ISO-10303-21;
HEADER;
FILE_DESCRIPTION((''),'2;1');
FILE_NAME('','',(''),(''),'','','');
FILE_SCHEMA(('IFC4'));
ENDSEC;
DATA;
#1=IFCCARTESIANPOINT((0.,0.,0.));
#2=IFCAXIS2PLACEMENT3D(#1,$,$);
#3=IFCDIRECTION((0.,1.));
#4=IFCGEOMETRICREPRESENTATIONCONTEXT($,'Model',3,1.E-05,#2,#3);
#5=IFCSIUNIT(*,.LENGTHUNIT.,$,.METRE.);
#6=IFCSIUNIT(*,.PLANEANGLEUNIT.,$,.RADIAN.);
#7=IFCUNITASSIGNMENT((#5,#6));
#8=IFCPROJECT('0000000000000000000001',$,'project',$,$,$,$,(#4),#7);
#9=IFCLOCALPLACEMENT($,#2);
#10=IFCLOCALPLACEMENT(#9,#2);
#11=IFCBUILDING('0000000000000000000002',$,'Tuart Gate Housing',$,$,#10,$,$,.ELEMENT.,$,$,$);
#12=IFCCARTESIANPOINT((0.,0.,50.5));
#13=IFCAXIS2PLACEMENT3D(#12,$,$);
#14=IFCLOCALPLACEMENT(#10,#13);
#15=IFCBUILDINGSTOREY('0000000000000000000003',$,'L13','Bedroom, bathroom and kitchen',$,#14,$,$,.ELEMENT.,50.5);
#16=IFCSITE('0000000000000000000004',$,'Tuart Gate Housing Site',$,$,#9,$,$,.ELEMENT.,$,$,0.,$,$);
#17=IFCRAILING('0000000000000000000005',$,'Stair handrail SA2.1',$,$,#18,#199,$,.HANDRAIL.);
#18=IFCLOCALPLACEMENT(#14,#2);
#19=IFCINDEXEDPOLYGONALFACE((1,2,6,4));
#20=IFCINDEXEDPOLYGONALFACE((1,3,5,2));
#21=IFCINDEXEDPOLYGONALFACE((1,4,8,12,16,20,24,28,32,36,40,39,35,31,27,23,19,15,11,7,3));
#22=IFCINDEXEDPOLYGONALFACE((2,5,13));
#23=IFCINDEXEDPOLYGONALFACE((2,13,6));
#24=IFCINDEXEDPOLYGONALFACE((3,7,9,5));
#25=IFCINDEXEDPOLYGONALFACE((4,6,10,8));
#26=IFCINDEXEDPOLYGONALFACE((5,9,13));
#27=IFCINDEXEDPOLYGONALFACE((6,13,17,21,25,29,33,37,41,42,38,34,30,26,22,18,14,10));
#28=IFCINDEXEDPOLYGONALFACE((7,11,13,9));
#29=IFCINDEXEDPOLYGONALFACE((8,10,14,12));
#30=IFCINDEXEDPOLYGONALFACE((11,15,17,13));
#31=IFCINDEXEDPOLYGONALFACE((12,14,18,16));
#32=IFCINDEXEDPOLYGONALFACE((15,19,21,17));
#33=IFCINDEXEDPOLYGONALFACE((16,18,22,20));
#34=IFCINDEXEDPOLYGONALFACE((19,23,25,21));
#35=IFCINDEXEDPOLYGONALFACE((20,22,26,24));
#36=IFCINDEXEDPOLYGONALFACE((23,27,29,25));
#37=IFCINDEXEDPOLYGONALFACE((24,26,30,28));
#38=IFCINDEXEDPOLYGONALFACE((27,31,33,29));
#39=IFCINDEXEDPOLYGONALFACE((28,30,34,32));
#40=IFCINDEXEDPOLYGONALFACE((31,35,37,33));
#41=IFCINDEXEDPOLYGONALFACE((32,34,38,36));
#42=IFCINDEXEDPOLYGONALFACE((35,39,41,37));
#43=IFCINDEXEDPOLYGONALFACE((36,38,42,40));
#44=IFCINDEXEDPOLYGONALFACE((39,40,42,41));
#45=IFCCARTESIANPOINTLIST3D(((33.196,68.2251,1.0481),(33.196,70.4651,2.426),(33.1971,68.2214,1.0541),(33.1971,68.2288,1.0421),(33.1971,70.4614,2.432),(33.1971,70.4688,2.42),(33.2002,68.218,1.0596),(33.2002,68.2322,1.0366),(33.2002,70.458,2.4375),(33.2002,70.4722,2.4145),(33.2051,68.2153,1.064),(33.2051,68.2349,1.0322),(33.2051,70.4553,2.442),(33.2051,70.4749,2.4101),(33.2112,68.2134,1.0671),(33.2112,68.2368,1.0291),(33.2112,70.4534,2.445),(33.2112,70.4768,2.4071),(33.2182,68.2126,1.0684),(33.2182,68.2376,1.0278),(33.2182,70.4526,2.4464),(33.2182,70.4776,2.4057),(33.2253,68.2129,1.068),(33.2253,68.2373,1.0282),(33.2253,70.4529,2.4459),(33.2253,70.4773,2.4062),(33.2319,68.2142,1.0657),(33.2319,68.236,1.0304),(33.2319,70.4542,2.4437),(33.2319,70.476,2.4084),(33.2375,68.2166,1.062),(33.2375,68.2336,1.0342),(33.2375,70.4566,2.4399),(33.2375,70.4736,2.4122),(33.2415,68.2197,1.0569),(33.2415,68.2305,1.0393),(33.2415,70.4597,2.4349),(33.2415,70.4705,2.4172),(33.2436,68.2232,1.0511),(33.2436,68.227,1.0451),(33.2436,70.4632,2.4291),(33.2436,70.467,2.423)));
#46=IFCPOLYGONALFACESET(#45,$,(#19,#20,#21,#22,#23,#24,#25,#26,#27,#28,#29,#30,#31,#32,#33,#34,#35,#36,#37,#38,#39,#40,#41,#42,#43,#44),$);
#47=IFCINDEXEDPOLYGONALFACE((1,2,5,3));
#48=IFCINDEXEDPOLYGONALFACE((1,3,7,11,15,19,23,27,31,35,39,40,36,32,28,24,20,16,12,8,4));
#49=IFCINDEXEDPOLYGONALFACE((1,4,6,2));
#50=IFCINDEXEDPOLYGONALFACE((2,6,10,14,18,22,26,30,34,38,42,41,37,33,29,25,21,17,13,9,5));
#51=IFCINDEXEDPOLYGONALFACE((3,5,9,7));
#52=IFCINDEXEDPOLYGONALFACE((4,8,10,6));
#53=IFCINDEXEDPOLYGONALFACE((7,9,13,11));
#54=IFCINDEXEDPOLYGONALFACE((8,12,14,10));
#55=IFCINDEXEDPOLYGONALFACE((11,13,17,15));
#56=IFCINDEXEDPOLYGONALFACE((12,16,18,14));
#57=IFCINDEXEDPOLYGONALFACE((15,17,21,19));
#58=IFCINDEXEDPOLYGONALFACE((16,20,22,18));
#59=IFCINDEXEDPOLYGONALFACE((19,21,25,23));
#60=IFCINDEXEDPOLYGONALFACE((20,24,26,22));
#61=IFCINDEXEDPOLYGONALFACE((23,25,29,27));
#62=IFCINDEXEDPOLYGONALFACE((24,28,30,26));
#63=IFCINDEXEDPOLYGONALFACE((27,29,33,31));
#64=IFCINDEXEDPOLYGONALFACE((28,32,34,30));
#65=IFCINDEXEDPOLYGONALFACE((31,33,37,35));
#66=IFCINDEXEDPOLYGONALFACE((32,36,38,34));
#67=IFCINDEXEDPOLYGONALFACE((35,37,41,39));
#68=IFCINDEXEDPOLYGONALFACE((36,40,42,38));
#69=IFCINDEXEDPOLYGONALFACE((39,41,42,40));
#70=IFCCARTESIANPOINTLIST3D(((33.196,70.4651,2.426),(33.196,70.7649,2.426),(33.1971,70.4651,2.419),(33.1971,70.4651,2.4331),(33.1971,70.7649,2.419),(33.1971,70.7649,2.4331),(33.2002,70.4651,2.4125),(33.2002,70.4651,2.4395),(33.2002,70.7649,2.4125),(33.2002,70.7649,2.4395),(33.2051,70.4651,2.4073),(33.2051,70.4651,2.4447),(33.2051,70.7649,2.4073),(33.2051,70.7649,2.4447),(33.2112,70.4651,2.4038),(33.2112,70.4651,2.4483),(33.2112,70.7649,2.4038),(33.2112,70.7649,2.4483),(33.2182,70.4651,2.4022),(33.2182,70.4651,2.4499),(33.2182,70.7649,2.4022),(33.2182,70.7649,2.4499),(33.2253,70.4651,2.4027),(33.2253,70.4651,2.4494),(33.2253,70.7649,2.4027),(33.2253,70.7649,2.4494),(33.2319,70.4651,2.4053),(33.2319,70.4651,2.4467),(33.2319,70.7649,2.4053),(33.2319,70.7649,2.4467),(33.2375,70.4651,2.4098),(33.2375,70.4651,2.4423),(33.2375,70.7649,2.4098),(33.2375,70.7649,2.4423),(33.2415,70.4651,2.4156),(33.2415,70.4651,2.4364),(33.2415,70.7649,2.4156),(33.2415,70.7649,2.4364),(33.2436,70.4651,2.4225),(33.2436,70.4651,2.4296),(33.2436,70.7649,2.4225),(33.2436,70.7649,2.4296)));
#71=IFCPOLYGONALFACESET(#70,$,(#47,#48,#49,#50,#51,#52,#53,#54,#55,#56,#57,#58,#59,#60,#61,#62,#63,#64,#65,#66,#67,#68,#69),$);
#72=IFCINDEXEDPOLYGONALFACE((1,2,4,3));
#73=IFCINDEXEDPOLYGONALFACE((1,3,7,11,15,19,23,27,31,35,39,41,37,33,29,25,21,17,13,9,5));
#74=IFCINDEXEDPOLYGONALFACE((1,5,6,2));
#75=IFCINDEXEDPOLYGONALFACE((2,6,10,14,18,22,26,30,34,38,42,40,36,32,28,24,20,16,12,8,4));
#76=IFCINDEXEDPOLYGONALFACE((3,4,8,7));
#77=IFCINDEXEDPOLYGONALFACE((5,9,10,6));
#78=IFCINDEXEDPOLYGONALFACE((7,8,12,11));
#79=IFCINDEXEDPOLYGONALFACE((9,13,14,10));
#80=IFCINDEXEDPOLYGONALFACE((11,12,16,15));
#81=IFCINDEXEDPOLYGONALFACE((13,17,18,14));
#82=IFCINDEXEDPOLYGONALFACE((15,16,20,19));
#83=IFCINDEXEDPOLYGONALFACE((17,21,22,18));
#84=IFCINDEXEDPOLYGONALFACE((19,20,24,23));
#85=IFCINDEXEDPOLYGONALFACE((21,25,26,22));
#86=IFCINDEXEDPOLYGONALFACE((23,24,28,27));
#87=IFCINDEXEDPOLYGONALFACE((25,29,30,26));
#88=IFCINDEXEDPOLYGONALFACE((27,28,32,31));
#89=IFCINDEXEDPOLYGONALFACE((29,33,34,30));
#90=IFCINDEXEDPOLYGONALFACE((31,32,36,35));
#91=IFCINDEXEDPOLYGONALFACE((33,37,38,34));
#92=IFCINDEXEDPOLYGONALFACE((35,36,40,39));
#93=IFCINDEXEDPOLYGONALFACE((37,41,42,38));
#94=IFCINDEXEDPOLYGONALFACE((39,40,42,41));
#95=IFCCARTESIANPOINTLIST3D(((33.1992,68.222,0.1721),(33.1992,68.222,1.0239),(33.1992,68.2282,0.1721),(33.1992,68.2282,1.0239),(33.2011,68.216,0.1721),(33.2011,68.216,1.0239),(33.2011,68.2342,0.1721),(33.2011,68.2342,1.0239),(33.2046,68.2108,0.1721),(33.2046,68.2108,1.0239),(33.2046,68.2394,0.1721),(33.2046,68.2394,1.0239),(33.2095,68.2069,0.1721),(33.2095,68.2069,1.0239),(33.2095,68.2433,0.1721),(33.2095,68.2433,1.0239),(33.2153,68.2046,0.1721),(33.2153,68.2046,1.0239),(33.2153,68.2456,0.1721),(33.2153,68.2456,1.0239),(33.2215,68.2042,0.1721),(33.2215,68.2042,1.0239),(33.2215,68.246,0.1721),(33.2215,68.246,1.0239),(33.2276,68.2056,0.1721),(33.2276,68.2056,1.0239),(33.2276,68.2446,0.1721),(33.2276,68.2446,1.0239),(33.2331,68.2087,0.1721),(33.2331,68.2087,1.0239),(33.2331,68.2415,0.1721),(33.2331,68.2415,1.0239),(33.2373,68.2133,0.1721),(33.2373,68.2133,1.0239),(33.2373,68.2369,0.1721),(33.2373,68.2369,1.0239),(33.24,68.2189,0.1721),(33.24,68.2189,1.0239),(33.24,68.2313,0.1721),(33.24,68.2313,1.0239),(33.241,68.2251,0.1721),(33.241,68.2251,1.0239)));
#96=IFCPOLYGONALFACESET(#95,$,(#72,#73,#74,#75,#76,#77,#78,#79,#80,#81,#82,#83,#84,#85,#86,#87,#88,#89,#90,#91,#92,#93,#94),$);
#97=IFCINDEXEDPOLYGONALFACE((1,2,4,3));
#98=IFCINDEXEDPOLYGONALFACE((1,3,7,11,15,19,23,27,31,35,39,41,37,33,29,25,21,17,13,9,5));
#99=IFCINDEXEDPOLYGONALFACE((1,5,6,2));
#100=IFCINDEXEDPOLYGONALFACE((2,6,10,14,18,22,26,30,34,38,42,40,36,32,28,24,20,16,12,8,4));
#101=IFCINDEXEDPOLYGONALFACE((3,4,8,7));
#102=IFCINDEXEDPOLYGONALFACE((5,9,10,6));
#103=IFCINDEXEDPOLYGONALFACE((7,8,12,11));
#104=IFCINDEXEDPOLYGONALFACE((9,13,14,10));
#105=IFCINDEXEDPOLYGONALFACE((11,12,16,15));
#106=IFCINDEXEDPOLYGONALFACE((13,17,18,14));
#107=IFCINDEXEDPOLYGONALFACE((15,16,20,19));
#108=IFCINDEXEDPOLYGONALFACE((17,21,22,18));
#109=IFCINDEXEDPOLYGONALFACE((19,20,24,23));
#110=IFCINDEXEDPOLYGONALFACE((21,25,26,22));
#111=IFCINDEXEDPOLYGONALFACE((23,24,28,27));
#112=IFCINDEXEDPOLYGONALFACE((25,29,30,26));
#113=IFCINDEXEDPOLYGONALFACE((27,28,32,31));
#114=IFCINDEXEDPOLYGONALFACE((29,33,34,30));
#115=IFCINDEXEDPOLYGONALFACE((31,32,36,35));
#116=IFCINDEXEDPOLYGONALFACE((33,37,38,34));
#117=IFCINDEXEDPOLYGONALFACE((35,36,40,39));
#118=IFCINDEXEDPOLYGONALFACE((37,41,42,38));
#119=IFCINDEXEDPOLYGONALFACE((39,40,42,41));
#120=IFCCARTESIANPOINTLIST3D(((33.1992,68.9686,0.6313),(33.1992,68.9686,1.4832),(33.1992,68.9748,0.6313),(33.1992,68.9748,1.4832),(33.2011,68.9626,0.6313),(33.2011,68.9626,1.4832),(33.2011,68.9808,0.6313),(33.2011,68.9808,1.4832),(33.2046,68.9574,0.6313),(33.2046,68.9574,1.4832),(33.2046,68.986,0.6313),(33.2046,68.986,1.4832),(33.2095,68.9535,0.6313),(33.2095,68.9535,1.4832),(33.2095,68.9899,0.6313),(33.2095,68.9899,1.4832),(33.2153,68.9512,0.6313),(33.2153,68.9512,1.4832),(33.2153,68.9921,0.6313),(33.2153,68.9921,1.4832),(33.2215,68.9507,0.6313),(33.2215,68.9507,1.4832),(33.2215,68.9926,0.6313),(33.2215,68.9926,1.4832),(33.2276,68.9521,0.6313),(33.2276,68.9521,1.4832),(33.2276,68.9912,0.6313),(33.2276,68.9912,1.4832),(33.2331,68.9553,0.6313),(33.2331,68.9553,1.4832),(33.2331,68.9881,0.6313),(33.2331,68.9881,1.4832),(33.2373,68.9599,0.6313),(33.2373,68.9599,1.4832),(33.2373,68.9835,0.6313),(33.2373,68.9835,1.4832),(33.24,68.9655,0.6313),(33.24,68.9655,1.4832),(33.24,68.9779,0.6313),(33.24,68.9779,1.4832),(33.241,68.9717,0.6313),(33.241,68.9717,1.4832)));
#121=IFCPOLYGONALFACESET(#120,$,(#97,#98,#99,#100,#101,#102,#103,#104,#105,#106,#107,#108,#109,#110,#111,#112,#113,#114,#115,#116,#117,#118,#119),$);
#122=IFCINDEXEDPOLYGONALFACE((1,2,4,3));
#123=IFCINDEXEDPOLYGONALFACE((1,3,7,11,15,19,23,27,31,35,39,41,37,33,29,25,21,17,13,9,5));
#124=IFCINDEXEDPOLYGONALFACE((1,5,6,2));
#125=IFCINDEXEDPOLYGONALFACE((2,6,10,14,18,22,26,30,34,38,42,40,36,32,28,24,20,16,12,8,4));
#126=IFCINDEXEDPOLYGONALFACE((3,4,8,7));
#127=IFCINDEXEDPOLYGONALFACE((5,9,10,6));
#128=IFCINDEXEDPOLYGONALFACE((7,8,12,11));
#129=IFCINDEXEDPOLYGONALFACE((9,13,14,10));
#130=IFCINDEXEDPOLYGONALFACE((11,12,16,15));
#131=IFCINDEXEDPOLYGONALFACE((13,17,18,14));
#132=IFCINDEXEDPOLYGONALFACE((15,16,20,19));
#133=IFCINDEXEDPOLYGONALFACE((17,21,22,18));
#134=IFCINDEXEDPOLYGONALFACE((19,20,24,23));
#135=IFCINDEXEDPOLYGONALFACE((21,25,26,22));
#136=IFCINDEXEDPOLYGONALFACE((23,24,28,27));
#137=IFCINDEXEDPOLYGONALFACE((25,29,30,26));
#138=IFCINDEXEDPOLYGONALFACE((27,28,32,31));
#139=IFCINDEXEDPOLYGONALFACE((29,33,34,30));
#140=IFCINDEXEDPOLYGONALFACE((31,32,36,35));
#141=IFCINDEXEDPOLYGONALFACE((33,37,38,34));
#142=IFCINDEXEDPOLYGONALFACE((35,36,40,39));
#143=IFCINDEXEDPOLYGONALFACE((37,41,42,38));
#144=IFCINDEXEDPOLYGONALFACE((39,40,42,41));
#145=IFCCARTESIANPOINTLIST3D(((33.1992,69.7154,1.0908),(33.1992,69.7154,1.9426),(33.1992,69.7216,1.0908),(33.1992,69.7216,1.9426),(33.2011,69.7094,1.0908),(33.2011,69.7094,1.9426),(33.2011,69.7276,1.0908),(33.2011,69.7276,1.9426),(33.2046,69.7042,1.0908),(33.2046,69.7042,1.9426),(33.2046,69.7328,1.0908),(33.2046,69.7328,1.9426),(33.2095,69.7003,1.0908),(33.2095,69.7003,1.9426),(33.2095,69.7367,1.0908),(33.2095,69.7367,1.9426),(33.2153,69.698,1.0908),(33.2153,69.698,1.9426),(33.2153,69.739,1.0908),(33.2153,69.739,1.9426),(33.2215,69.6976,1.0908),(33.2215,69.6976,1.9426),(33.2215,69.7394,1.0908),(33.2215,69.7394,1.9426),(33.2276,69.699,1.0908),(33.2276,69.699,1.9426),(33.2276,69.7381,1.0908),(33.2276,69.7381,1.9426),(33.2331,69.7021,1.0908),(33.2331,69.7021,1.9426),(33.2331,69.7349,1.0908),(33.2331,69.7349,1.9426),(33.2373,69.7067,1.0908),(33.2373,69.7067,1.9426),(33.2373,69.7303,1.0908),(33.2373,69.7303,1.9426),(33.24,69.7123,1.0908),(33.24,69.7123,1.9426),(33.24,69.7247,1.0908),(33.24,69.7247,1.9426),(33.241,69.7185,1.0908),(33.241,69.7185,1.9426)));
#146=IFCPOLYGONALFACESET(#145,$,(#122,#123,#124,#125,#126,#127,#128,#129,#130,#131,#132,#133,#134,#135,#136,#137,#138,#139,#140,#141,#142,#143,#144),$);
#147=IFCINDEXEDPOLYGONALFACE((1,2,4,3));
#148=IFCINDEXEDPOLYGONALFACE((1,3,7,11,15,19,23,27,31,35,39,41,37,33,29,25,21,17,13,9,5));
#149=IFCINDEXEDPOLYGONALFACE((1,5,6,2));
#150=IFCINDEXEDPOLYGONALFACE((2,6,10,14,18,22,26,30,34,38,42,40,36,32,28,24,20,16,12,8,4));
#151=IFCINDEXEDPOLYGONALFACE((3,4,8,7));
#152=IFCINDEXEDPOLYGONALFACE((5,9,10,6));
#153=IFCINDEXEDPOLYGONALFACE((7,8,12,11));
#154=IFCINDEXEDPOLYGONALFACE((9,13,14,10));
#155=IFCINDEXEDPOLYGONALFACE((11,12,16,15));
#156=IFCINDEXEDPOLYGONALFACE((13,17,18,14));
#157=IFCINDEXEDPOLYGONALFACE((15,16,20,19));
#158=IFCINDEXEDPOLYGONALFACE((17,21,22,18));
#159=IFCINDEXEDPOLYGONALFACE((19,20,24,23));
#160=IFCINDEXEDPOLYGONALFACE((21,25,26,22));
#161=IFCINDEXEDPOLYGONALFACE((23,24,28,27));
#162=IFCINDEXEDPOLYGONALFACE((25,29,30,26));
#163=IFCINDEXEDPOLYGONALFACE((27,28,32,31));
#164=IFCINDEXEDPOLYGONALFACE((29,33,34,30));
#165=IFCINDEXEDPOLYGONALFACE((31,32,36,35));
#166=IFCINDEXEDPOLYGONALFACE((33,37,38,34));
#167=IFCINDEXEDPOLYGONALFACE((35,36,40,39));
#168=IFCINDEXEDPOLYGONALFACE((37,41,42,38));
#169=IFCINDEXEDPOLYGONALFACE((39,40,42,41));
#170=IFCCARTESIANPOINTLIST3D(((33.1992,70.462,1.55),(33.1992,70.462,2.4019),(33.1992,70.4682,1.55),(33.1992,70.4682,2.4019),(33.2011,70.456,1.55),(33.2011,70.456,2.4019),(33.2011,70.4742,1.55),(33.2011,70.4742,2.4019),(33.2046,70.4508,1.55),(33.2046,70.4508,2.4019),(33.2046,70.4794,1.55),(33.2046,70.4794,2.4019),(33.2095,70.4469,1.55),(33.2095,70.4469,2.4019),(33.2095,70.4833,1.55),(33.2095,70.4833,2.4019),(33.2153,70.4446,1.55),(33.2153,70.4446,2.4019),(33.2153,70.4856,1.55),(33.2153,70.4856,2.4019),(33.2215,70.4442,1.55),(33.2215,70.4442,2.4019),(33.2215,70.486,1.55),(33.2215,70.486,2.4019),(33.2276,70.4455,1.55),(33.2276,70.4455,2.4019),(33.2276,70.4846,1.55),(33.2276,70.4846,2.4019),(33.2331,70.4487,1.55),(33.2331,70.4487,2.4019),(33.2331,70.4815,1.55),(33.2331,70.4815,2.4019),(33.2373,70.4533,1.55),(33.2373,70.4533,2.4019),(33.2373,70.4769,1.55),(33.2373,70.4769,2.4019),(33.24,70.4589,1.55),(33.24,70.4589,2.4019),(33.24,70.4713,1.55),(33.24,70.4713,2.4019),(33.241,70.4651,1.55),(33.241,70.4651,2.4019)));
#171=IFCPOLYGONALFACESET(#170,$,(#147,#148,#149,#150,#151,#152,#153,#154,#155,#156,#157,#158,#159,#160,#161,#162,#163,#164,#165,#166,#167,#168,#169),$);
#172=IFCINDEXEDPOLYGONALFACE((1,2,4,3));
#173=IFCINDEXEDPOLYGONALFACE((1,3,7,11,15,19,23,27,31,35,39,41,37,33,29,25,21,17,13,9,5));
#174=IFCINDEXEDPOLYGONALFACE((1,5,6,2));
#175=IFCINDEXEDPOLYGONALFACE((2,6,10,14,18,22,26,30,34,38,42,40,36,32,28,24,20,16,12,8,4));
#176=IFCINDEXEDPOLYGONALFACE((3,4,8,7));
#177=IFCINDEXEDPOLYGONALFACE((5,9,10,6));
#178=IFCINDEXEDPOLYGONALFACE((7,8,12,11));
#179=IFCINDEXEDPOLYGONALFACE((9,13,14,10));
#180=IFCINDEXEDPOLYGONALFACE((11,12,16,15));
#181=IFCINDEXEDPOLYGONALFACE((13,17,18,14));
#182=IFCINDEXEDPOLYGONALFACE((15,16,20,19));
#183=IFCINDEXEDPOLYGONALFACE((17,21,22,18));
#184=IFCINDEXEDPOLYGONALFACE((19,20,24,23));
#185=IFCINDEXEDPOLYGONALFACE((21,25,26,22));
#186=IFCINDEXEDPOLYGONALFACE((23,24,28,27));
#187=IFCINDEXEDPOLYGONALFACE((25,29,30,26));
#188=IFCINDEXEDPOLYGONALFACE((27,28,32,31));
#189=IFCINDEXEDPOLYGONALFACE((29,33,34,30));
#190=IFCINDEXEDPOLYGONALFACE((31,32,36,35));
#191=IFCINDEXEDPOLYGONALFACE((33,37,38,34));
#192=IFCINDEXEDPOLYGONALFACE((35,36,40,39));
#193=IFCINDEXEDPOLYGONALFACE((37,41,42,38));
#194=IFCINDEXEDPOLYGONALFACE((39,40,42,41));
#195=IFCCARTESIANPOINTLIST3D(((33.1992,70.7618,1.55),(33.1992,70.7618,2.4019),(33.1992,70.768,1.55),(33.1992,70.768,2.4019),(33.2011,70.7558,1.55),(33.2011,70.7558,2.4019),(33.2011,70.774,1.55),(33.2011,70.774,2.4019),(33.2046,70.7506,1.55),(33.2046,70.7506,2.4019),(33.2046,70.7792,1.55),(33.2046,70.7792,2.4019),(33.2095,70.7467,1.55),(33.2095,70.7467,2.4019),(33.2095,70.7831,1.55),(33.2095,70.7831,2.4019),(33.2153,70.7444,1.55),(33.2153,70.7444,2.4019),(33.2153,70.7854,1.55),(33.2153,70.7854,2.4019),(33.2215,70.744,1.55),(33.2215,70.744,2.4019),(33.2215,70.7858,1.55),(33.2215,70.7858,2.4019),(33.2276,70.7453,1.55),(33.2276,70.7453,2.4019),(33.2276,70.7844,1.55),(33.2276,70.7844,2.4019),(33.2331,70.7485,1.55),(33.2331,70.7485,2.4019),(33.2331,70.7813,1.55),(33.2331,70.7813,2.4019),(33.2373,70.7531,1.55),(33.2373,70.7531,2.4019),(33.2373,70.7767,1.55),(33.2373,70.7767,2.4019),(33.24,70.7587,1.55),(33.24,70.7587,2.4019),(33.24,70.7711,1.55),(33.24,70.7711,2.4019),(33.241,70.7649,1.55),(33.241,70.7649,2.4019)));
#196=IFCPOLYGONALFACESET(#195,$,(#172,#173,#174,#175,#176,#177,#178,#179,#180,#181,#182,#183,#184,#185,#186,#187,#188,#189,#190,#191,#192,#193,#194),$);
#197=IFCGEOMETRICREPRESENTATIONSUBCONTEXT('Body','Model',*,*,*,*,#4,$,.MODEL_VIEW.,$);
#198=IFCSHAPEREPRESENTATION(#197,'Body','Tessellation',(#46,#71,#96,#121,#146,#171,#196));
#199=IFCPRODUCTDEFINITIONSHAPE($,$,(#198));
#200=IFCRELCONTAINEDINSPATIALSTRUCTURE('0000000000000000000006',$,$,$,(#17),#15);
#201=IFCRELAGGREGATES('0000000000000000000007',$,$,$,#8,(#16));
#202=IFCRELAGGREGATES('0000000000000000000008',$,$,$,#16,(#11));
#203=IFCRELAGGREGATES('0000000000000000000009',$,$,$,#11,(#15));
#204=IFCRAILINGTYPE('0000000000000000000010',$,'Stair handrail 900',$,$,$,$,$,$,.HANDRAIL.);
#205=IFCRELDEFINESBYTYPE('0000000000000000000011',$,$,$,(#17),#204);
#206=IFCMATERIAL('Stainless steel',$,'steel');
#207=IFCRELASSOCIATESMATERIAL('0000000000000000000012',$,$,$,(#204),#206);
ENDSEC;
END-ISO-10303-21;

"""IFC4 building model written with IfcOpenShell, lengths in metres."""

from ifc_helpers import new_model, si_unit, direction, frame, origin, origin_2d, place, context, subcontext, project, spatial, circle, extrude, material, type_object, element, save


model = new_model("IFC4")

# Units and contexts
model_context = context("Model", 3, precision=1e-05, world=origin(), true_north=direction((0.0, 1.0)))
body_context = subcontext(model_context, "Body", "Model", "MODEL_VIEW")
ifc_project = project(units=[si_unit("LENGTHUNIT", "METRE"), si_unit("PLANEANGLEUNIT", "RADIAN")], contexts=[model_context])

# Site, building, storey
site_placement = place(None, origin())
site = spatial("IfcSite", under=ifc_project, at=site_placement, Name="Tuart Gate Housing Site", CompositionType="ELEMENT", RefElevation=0.0)
building_placement = place(site_placement, origin())
building = spatial("IfcBuilding", under=site, at=building_placement, Name="Tuart Gate Housing", CompositionType="ELEMENT")
storey_placement = place(building_placement, frame((0.0, 0.0, 50.5)))
storey = spatial("IfcBuildingStorey", under=building, at=storey_placement, Name="L13", Description="Bedroom, bathroom and kitchen", CompositionType="ELEMENT", Elevation=50.5)

# Railing
ifc_material_1 = material(Name="Stainless steel", Category="steel")
railing_type = type_object("IfcRailingType", Name="Stair handrail 900", PredefinedType="HANDRAIL", material=ifc_material_1)
railing_placement = place(storey_placement, frame((33.22, 68.2251, 0.1721)))
element("IfcRailing", 1, at=railing_placement, inside=storey, type_object=railing_type, Name="Stair handrail SA2.1", PredefinedType="HANDRAIL", context=body_context, shape_type="SweptSolid", body=[
    extrude(circle(Radius=0.0239, at=origin_2d()), frame((0.0, 0.0, 0.876), z_axis=(0.0, 0.851748, 0.523952), x_axis=(-1.0, 0.0, 0.0)), (0.0, 0.0, 1.0), 2.6299),
    extrude(circle(Radius=0.0239, at=origin_2d()), frame((0.0, 2.24, 2.2539), z_axis=(0.0, 1.0, 0.0), x_axis=(-1.0, 0.0, 0.0)), (0.0, 0.0, 1.0), 0.2998),
    extrude(circle(Radius=0.021, at=origin_2d()), origin(), (0.0, 0.0, 1.0), 0.8518),
    extrude(circle(Radius=0.021, at=origin_2d()), frame((0.0, 0.7466, 0.4592)), (0.0, 0.0, 1.0), 0.8518),
    extrude(circle(Radius=0.021, at=origin_2d()), frame((0.0, 1.4934, 0.9187)), (0.0, 0.0, 1.0), 0.8518),
    extrude(circle(Radius=0.021, at=origin_2d()), frame((0.0, 2.24, 1.3779)), (0.0, 0.0, 1.0), 0.8518),
    extrude(circle(Radius=0.021, at=origin_2d()), frame((0.0, 2.5398, 1.3779)), (0.0, 0.0, 1.0), 0.8518),
])

save(model, "model.ifc")
